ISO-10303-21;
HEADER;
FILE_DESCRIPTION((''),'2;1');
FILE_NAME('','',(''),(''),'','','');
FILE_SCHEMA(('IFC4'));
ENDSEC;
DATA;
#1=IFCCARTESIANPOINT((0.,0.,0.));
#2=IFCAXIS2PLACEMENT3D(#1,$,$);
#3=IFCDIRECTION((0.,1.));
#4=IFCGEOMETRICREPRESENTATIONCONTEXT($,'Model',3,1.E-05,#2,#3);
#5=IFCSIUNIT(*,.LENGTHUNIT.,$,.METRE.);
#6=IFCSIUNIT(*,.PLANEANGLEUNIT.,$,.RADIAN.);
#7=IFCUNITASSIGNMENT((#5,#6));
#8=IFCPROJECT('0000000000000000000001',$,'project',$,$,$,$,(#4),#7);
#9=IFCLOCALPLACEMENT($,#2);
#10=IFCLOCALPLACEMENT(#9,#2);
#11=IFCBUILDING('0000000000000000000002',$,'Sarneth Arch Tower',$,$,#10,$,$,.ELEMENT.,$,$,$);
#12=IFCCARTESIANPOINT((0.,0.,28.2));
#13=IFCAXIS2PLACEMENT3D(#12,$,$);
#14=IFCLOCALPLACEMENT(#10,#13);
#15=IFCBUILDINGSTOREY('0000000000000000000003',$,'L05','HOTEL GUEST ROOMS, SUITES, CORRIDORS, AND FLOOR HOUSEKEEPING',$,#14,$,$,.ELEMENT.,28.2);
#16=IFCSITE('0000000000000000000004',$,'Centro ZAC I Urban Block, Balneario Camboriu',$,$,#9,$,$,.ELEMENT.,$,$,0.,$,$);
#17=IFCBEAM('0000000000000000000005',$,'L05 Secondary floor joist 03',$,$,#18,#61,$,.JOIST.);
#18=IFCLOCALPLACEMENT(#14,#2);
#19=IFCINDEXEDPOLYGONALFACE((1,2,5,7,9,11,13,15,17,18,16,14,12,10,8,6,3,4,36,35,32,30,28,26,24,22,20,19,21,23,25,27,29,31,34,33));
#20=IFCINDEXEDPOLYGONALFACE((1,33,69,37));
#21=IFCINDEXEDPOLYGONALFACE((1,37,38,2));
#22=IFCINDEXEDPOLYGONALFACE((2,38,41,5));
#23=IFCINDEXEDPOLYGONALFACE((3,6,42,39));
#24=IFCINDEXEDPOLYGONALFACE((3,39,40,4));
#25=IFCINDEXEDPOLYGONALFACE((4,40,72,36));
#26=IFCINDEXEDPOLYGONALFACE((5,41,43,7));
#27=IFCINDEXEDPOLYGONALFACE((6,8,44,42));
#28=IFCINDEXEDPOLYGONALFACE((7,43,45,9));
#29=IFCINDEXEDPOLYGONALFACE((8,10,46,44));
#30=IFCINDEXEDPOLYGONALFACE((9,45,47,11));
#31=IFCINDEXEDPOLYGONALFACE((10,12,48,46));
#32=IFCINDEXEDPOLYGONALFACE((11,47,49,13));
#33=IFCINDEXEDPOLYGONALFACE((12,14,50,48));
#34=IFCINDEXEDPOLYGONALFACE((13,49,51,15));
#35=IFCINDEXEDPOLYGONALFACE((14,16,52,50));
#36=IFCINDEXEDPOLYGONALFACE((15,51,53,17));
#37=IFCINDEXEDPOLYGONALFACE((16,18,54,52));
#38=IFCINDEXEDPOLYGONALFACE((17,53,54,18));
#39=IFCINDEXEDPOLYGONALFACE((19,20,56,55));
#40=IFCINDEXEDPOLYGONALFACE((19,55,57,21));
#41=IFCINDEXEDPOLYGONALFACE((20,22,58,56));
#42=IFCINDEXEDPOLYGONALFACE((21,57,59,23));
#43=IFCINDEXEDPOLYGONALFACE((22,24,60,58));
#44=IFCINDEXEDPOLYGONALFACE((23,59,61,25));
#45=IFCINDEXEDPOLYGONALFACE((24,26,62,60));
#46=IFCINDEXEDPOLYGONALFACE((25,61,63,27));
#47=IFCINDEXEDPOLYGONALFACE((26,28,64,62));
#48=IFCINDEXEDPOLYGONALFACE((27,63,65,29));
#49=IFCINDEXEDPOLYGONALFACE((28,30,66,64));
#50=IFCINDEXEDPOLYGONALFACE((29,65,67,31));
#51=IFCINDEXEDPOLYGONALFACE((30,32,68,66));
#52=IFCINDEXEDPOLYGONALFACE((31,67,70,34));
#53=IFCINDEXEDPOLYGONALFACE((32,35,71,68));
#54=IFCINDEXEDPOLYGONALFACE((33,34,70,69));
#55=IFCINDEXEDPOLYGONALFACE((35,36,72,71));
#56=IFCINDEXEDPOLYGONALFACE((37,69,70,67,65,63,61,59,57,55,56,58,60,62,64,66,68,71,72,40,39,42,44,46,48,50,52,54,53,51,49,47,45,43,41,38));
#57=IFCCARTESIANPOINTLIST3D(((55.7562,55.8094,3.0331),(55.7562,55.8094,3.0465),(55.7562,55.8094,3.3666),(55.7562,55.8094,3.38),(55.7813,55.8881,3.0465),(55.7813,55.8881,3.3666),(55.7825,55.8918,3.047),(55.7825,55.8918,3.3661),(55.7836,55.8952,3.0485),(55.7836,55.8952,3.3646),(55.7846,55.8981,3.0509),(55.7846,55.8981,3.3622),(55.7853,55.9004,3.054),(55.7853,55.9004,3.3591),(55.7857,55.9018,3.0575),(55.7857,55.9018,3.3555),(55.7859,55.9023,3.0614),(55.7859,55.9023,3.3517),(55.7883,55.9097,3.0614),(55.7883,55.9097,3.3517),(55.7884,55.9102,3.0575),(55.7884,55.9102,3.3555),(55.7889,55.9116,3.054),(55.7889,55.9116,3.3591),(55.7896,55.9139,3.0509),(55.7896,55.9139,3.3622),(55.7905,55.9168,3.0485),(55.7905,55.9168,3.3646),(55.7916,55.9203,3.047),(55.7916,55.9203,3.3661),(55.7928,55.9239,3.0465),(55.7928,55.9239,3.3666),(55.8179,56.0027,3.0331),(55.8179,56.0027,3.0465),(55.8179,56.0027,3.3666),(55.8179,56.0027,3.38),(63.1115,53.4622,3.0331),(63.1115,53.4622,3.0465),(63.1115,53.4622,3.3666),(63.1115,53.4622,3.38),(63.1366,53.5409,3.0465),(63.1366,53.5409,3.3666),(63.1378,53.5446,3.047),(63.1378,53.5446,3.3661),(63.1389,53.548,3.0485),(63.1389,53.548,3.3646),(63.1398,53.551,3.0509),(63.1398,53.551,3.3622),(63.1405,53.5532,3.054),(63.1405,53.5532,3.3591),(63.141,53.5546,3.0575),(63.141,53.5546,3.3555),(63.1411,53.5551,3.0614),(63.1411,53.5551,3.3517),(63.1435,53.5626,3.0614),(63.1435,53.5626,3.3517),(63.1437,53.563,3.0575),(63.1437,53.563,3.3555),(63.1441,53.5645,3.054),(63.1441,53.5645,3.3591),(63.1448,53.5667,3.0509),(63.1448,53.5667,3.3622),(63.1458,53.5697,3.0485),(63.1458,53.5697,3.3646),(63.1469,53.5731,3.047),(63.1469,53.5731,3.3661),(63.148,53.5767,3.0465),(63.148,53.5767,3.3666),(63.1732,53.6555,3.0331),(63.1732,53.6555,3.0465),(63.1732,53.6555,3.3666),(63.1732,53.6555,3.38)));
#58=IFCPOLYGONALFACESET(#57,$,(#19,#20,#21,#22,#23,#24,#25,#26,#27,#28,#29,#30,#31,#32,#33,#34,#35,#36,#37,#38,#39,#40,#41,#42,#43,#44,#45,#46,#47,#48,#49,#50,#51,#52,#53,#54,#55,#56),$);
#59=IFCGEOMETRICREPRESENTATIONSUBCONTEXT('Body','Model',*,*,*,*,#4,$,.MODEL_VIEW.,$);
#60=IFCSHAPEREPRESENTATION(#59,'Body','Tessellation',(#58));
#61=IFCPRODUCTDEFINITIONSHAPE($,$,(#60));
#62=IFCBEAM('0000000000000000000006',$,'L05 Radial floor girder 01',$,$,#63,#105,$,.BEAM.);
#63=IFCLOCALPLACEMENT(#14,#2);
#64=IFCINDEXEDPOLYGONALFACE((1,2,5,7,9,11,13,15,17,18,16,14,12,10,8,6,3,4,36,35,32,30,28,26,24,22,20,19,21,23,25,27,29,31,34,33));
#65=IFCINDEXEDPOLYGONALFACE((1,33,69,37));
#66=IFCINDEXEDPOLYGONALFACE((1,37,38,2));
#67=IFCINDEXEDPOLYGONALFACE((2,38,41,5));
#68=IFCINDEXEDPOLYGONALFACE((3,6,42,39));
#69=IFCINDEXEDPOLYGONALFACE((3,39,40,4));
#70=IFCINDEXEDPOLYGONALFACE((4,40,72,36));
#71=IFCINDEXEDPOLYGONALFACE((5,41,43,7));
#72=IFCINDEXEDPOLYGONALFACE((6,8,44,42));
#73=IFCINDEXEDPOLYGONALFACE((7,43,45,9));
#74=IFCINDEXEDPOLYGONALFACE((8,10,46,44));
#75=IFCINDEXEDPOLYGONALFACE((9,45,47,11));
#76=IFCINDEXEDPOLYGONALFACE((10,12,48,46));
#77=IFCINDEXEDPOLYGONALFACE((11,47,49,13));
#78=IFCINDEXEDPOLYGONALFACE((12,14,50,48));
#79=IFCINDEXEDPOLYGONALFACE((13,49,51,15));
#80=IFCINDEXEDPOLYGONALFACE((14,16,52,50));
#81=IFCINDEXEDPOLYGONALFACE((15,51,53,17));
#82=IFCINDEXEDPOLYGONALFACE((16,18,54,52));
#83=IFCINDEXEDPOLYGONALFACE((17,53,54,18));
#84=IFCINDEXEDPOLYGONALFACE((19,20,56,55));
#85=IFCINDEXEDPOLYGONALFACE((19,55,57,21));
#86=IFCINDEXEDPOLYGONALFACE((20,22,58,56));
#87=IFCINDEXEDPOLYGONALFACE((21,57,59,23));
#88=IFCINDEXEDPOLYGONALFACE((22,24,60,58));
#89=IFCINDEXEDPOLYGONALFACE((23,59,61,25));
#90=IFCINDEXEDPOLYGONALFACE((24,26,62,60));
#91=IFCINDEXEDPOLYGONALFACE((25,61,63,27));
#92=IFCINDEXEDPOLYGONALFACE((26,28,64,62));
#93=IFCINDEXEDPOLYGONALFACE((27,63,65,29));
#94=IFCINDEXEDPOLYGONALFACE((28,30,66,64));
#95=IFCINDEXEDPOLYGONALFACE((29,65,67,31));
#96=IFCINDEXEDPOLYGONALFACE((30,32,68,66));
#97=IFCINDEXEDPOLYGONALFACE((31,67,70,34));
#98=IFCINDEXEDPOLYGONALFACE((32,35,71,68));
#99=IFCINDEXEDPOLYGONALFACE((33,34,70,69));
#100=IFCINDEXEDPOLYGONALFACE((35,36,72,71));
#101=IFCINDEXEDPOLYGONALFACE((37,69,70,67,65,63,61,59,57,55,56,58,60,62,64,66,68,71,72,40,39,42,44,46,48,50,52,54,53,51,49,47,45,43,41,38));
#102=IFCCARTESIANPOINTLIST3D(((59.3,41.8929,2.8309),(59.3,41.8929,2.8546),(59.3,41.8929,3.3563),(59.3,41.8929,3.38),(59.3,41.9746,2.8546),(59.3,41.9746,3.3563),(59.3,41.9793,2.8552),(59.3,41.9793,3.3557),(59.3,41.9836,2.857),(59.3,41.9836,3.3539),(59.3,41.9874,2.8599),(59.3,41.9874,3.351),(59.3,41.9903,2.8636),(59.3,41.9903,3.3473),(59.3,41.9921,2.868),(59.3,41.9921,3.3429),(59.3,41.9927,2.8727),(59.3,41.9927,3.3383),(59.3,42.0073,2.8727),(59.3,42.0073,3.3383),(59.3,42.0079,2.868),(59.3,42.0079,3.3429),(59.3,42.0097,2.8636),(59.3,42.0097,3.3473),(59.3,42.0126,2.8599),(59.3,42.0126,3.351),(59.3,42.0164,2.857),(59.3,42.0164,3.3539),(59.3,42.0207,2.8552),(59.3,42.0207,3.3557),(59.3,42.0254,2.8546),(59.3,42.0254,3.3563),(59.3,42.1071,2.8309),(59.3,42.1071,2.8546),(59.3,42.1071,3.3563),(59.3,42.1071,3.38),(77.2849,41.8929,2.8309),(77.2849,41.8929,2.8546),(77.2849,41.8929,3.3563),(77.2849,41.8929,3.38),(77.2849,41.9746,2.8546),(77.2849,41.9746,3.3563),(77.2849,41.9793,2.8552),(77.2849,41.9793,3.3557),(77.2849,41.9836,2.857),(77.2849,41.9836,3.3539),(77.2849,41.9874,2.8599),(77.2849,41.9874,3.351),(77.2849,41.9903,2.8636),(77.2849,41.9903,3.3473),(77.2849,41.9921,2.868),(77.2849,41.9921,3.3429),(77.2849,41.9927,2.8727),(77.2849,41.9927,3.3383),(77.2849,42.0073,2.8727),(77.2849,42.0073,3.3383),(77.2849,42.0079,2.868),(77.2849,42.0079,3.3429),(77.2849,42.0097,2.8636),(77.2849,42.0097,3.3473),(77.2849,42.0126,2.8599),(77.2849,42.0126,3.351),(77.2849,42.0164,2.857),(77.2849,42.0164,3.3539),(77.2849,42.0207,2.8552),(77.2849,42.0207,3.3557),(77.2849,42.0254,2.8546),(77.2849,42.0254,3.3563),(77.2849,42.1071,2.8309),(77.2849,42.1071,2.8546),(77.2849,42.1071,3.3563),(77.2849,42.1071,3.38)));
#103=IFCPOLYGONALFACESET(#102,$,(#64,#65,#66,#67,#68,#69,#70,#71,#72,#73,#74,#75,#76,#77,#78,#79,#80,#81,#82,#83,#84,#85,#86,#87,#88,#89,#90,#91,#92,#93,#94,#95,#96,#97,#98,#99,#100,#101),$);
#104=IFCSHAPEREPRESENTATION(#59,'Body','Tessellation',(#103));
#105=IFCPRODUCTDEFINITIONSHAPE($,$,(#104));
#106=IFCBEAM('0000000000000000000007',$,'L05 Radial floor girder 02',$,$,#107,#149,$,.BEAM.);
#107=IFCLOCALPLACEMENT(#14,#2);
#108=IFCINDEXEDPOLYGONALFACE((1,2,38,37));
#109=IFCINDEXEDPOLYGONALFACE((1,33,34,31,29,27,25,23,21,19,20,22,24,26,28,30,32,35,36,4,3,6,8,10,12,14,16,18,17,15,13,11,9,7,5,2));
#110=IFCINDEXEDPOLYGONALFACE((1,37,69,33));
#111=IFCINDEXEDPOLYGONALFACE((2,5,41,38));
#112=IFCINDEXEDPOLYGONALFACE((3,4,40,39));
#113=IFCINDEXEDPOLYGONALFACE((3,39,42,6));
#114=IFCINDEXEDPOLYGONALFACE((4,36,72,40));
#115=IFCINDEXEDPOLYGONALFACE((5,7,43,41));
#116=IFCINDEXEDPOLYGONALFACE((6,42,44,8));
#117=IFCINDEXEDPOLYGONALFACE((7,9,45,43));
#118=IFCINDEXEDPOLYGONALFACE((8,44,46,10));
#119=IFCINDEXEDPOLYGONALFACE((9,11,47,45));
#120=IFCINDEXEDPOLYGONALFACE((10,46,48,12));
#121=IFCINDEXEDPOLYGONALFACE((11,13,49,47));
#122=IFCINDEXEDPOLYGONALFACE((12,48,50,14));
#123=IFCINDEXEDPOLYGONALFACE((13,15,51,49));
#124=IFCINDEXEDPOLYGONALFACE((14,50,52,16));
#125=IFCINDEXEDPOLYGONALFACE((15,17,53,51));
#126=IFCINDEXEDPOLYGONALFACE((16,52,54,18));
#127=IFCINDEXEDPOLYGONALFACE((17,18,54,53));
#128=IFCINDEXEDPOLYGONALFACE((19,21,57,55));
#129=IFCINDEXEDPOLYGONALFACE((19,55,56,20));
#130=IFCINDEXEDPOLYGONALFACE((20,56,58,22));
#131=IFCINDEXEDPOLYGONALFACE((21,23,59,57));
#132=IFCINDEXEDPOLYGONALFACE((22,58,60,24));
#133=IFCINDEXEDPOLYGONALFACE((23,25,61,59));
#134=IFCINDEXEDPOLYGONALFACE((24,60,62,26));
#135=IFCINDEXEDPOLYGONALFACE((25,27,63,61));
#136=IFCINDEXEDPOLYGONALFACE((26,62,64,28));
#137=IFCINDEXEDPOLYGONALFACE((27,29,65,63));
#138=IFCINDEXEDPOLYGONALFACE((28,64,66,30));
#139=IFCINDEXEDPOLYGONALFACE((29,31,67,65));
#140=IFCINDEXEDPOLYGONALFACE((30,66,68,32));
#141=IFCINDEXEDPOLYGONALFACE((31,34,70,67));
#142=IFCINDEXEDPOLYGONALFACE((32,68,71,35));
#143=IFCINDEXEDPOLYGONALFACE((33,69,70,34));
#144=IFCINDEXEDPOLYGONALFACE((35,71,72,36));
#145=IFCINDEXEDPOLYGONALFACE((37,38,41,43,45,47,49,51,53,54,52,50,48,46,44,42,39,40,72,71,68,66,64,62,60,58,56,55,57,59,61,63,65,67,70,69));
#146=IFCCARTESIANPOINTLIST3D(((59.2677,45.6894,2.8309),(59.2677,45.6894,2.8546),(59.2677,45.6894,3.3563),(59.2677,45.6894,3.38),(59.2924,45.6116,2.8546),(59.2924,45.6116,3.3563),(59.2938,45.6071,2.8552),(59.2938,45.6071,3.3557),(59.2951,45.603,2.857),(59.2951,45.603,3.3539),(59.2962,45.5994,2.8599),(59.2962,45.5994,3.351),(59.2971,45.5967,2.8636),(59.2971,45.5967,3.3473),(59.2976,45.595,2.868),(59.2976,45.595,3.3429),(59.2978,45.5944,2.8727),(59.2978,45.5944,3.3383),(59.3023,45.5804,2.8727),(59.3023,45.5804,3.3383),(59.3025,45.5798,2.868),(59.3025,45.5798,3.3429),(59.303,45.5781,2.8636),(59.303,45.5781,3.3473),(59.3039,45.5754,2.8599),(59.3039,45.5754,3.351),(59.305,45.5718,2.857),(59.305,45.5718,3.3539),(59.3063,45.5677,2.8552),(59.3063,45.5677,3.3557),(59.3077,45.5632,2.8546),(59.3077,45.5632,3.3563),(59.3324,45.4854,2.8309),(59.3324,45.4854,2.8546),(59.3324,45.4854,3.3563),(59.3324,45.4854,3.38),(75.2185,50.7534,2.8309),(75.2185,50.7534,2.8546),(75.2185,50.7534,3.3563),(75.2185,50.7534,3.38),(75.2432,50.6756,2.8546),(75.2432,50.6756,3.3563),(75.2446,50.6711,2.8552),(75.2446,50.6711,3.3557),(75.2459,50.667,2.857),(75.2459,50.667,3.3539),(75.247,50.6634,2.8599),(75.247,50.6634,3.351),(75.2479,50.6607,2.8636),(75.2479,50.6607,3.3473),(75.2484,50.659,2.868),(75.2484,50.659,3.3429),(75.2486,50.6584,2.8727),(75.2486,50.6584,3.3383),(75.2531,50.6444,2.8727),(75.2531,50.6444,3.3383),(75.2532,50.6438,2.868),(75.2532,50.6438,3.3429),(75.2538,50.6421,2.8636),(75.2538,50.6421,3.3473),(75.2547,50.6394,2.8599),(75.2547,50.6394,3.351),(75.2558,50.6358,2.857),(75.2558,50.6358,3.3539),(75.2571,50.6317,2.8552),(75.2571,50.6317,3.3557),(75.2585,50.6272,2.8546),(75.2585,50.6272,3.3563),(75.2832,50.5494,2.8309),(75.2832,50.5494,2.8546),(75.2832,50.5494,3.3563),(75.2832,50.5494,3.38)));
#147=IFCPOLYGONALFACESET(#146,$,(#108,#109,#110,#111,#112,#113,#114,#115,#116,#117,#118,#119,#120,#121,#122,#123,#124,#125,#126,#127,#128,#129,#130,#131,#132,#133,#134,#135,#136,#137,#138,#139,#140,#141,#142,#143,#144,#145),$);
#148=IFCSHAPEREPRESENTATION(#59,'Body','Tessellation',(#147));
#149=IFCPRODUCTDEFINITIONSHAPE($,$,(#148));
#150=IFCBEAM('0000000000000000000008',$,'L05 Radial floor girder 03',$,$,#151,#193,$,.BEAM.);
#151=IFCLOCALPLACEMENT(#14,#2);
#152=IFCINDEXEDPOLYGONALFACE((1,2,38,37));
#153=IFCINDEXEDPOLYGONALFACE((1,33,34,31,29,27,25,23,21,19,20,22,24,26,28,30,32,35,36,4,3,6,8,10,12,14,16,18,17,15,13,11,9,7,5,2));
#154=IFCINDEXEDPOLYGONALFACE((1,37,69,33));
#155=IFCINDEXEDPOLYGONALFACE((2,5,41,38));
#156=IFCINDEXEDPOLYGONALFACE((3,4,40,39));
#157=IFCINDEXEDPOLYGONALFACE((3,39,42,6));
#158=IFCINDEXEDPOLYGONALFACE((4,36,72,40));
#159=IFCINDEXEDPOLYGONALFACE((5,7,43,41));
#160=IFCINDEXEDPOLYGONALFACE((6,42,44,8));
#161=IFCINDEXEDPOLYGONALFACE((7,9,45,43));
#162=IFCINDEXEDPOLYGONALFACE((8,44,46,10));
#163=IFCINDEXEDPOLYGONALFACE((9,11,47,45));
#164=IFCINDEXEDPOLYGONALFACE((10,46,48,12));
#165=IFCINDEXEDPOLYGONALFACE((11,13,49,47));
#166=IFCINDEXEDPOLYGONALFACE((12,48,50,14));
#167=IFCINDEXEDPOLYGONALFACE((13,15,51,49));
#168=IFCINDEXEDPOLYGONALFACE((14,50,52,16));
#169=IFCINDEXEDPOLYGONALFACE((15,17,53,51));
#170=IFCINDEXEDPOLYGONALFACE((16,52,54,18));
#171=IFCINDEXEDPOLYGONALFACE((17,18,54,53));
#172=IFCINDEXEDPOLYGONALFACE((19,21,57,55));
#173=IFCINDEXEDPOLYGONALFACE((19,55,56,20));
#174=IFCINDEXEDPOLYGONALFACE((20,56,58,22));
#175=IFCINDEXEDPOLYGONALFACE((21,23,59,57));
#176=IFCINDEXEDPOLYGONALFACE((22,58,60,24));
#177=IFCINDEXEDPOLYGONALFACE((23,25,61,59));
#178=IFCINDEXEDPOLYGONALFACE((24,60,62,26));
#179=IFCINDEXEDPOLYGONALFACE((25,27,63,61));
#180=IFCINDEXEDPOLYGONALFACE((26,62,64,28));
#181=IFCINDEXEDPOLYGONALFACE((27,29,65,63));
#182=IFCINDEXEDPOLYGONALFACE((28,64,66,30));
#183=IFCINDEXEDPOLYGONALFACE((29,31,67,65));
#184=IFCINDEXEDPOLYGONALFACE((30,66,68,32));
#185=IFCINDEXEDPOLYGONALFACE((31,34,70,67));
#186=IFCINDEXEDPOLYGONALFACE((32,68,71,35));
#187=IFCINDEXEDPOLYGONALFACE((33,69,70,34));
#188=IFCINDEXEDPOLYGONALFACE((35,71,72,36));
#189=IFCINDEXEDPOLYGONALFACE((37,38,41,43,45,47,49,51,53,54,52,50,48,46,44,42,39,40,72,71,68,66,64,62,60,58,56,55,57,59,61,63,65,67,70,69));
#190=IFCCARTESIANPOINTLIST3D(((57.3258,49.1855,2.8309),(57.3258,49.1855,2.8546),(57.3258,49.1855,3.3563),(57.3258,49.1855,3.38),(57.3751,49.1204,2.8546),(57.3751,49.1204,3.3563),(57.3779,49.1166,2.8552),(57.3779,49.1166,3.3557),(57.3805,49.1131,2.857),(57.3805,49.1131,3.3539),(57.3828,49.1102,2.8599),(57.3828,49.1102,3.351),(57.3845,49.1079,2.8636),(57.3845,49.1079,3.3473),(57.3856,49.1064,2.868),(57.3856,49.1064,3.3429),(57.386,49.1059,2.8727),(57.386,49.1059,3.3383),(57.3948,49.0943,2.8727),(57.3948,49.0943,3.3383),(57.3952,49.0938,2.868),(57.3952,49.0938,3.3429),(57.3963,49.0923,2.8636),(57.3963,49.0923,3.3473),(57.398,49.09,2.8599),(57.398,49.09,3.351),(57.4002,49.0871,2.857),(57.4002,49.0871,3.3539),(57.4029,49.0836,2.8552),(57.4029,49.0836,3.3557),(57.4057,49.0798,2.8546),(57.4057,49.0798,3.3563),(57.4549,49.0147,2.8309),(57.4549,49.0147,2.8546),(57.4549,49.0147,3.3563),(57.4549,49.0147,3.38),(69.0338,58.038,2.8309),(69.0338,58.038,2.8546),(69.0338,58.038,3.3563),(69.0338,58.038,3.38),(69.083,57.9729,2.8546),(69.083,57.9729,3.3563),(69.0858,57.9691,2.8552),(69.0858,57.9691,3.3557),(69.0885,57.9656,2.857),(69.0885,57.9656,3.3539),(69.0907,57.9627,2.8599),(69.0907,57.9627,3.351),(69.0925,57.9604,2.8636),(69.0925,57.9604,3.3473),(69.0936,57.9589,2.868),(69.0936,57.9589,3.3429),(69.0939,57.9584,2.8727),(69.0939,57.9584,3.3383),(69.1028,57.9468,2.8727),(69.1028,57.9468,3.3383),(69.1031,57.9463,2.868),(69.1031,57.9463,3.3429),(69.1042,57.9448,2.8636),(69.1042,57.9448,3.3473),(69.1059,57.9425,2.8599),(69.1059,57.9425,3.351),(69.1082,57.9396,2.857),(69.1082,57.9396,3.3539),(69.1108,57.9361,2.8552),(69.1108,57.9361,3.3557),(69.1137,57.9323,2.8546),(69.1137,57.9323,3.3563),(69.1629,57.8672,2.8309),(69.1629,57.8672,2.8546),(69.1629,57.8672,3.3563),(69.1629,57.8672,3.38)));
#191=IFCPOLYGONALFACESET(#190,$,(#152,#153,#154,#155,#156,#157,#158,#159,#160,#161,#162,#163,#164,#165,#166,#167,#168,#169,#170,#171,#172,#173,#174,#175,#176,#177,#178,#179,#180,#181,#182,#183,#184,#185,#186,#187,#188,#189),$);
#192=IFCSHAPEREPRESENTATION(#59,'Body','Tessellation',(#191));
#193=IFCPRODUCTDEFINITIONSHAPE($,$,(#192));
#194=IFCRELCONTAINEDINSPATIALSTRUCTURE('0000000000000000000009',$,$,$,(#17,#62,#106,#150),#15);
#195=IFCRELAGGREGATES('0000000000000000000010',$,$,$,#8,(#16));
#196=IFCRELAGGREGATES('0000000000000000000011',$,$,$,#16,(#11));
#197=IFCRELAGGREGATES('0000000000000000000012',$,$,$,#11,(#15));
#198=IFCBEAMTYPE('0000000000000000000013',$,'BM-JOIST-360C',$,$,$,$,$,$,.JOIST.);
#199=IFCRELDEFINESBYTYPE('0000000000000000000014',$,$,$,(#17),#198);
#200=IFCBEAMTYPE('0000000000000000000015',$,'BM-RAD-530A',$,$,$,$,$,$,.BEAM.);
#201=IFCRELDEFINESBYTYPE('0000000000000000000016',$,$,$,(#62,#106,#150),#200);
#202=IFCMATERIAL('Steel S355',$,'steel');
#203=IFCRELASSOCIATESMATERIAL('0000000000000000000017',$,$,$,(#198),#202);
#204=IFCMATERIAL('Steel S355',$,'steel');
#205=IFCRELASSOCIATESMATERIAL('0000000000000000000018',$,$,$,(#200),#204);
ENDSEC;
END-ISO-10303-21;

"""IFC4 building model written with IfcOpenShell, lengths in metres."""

from ifc_helpers import new_model, si_unit, direction, frame, origin, origin_2d, place, context, subcontext, project, spatial, i_section, extrude, material, material_profile, profile_set, type_object, element, save


model = new_model("IFC4")

# Units and contexts
model_context = context("Model", 3, precision=1e-05, world=origin(), true_north=direction((0.0, 1.0)))
body_context = subcontext(model_context, "Body", "Model", "MODEL_VIEW")
ifc_project = project(units=[si_unit("LENGTHUNIT", "METRE"), si_unit("PLANEANGLEUNIT", "RADIAN")], contexts=[model_context])

# Site, building, storey
site_placement = place(None, origin())
site = spatial("IfcSite", under=ifc_project, at=site_placement, Name="Centro ZAC I Urban Block, Balneario Camboriu", CompositionType="ELEMENT", RefElevation=0.0)
building_placement = place(site_placement, origin())
building = spatial("IfcBuilding", under=site, at=building_placement, Name="Sarneth Arch Tower", CompositionType="ELEMENT")
storey_placement = place(building_placement, frame((0.0, 0.0, 28.2)))
storey = spatial("IfcBuildingStorey", under=building, at=storey_placement, Name="L05", Description="HOTEL GUEST ROOMS, SUITES, CORRIDORS, AND FLOOR HOUSEKEEPING", CompositionType="ELEMENT", Elevation=28.2)

# Beams
ifc_material_1 = material(Name="Steel S355", Category="steel")
ifc_material_profile_1 = material_profile(ifc_material_1, i_section(OverallWidth=0.2029, OverallDepth=0.3469, WebThickness=0.0078, FlangeThickness=0.0134, FilletRadius=0.0149, at=origin_2d()), Name="W360x64")
ifc_profile_set_1 = profile_set([ifc_material_profile_1], Name="Steel S355")
beam_type_1 = type_object("IfcBeamType", Name="BM-JOIST-360C", PredefinedType="JOIST", material=ifc_profile_set_1)
beam_1_placement = place(storey_placement, frame((63.1423, 53.5588, 3.2065), z_axis=(-0.952668, 0.304011, 0.0), x_axis=(-0.304011, -0.952668, 0.0)))
element("IfcBeam", 1, at=beam_1_placement, inside=storey, type_object=beam_type_1, Name="L05 Secondary floor joist 03", PredefinedType="JOIST", context=body_context, shape_type="SweptSolid", body=[
    extrude(i_section(OverallWidth=0.2029, OverallDepth=0.3469, WebThickness=0.0078, FlangeThickness=0.0134, FilletRadius=0.0149, at=origin_2d()), origin(), (0.0, 0.0, 1.0), 7.7207),
])
ifc_material_2 = material(Name="Steel S355", Category="steel")
ifc_material_profile_2 = material_profile(ifc_material_2, i_section(OverallWidth=0.2141, OverallDepth=0.5491, WebThickness=0.0146, FlangeThickness=0.0237, FilletRadius=0.0181, at=origin_2d()), Name="W530x138")
ifc_profile_set_2 = profile_set([ifc_material_profile_2], Name="Steel S355")
beam_type_2 = type_object("IfcBeamType", Name="BM-RAD-530A", PredefinedType="BEAM", material=ifc_profile_set_2)
beam_2_placement = place(storey_placement, frame((59.3, 42.0, 3.1055), z_axis=(1.0, 0.0, 0.0), x_axis=(0.0, 1.0, 0.0)))
element("IfcBeam", 2, at=beam_2_placement, inside=storey, type_object=beam_type_2, Name="L05 Radial floor girder 01", PredefinedType="BEAM", context=body_context, shape_type="SweptSolid", body=[
    extrude(i_section(OverallWidth=0.2141, OverallDepth=0.5491, WebThickness=0.0146, FlangeThickness=0.0237, FilletRadius=0.0181, at=origin_2d()), origin(), (0.0, 0.0, 1.0), 17.9849),
])
beam_3_placement = place(storey_placement, frame((59.3, 45.5874, 3.1055), z_axis=(0.95312, 0.302593, 0.0), x_axis=(-0.302593, 0.95312, 0.0)))
element("IfcBeam", 3, at=beam_3_placement, inside=storey, type_object=beam_type_2, Name="L05 Radial floor girder 02", PredefinedType="BEAM", context=body_context, shape_type="SweptSolid", body=[
    extrude(i_section(OverallWidth=0.2141, OverallDepth=0.5491, WebThickness=0.0146, FlangeThickness=0.0237, FilletRadius=0.0181, at=origin_2d()), origin(), (0.0, 0.0, 1.0), 16.7354),
])
beam_4_placement = place(storey_placement, frame((57.3904, 49.1001, 3.1055), z_axis=(0.797655, 0.603114, 0.0), x_axis=(-0.603114, 0.797655, 0.0)))
element("IfcBeam", 4, at=beam_4_placement, inside=storey, type_object=beam_type_2, Name="L05 Radial floor girder 03", PredefinedType="BEAM", context=body_context, shape_type="SweptSolid", body=[
    extrude(i_section(OverallWidth=0.2141, OverallDepth=0.5491, WebThickness=0.0146, FlangeThickness=0.0237, FilletRadius=0.0181, at=origin_2d()), origin(), (0.0, 0.0, 1.0), 14.678),
])

save(model, "model.ifc")
